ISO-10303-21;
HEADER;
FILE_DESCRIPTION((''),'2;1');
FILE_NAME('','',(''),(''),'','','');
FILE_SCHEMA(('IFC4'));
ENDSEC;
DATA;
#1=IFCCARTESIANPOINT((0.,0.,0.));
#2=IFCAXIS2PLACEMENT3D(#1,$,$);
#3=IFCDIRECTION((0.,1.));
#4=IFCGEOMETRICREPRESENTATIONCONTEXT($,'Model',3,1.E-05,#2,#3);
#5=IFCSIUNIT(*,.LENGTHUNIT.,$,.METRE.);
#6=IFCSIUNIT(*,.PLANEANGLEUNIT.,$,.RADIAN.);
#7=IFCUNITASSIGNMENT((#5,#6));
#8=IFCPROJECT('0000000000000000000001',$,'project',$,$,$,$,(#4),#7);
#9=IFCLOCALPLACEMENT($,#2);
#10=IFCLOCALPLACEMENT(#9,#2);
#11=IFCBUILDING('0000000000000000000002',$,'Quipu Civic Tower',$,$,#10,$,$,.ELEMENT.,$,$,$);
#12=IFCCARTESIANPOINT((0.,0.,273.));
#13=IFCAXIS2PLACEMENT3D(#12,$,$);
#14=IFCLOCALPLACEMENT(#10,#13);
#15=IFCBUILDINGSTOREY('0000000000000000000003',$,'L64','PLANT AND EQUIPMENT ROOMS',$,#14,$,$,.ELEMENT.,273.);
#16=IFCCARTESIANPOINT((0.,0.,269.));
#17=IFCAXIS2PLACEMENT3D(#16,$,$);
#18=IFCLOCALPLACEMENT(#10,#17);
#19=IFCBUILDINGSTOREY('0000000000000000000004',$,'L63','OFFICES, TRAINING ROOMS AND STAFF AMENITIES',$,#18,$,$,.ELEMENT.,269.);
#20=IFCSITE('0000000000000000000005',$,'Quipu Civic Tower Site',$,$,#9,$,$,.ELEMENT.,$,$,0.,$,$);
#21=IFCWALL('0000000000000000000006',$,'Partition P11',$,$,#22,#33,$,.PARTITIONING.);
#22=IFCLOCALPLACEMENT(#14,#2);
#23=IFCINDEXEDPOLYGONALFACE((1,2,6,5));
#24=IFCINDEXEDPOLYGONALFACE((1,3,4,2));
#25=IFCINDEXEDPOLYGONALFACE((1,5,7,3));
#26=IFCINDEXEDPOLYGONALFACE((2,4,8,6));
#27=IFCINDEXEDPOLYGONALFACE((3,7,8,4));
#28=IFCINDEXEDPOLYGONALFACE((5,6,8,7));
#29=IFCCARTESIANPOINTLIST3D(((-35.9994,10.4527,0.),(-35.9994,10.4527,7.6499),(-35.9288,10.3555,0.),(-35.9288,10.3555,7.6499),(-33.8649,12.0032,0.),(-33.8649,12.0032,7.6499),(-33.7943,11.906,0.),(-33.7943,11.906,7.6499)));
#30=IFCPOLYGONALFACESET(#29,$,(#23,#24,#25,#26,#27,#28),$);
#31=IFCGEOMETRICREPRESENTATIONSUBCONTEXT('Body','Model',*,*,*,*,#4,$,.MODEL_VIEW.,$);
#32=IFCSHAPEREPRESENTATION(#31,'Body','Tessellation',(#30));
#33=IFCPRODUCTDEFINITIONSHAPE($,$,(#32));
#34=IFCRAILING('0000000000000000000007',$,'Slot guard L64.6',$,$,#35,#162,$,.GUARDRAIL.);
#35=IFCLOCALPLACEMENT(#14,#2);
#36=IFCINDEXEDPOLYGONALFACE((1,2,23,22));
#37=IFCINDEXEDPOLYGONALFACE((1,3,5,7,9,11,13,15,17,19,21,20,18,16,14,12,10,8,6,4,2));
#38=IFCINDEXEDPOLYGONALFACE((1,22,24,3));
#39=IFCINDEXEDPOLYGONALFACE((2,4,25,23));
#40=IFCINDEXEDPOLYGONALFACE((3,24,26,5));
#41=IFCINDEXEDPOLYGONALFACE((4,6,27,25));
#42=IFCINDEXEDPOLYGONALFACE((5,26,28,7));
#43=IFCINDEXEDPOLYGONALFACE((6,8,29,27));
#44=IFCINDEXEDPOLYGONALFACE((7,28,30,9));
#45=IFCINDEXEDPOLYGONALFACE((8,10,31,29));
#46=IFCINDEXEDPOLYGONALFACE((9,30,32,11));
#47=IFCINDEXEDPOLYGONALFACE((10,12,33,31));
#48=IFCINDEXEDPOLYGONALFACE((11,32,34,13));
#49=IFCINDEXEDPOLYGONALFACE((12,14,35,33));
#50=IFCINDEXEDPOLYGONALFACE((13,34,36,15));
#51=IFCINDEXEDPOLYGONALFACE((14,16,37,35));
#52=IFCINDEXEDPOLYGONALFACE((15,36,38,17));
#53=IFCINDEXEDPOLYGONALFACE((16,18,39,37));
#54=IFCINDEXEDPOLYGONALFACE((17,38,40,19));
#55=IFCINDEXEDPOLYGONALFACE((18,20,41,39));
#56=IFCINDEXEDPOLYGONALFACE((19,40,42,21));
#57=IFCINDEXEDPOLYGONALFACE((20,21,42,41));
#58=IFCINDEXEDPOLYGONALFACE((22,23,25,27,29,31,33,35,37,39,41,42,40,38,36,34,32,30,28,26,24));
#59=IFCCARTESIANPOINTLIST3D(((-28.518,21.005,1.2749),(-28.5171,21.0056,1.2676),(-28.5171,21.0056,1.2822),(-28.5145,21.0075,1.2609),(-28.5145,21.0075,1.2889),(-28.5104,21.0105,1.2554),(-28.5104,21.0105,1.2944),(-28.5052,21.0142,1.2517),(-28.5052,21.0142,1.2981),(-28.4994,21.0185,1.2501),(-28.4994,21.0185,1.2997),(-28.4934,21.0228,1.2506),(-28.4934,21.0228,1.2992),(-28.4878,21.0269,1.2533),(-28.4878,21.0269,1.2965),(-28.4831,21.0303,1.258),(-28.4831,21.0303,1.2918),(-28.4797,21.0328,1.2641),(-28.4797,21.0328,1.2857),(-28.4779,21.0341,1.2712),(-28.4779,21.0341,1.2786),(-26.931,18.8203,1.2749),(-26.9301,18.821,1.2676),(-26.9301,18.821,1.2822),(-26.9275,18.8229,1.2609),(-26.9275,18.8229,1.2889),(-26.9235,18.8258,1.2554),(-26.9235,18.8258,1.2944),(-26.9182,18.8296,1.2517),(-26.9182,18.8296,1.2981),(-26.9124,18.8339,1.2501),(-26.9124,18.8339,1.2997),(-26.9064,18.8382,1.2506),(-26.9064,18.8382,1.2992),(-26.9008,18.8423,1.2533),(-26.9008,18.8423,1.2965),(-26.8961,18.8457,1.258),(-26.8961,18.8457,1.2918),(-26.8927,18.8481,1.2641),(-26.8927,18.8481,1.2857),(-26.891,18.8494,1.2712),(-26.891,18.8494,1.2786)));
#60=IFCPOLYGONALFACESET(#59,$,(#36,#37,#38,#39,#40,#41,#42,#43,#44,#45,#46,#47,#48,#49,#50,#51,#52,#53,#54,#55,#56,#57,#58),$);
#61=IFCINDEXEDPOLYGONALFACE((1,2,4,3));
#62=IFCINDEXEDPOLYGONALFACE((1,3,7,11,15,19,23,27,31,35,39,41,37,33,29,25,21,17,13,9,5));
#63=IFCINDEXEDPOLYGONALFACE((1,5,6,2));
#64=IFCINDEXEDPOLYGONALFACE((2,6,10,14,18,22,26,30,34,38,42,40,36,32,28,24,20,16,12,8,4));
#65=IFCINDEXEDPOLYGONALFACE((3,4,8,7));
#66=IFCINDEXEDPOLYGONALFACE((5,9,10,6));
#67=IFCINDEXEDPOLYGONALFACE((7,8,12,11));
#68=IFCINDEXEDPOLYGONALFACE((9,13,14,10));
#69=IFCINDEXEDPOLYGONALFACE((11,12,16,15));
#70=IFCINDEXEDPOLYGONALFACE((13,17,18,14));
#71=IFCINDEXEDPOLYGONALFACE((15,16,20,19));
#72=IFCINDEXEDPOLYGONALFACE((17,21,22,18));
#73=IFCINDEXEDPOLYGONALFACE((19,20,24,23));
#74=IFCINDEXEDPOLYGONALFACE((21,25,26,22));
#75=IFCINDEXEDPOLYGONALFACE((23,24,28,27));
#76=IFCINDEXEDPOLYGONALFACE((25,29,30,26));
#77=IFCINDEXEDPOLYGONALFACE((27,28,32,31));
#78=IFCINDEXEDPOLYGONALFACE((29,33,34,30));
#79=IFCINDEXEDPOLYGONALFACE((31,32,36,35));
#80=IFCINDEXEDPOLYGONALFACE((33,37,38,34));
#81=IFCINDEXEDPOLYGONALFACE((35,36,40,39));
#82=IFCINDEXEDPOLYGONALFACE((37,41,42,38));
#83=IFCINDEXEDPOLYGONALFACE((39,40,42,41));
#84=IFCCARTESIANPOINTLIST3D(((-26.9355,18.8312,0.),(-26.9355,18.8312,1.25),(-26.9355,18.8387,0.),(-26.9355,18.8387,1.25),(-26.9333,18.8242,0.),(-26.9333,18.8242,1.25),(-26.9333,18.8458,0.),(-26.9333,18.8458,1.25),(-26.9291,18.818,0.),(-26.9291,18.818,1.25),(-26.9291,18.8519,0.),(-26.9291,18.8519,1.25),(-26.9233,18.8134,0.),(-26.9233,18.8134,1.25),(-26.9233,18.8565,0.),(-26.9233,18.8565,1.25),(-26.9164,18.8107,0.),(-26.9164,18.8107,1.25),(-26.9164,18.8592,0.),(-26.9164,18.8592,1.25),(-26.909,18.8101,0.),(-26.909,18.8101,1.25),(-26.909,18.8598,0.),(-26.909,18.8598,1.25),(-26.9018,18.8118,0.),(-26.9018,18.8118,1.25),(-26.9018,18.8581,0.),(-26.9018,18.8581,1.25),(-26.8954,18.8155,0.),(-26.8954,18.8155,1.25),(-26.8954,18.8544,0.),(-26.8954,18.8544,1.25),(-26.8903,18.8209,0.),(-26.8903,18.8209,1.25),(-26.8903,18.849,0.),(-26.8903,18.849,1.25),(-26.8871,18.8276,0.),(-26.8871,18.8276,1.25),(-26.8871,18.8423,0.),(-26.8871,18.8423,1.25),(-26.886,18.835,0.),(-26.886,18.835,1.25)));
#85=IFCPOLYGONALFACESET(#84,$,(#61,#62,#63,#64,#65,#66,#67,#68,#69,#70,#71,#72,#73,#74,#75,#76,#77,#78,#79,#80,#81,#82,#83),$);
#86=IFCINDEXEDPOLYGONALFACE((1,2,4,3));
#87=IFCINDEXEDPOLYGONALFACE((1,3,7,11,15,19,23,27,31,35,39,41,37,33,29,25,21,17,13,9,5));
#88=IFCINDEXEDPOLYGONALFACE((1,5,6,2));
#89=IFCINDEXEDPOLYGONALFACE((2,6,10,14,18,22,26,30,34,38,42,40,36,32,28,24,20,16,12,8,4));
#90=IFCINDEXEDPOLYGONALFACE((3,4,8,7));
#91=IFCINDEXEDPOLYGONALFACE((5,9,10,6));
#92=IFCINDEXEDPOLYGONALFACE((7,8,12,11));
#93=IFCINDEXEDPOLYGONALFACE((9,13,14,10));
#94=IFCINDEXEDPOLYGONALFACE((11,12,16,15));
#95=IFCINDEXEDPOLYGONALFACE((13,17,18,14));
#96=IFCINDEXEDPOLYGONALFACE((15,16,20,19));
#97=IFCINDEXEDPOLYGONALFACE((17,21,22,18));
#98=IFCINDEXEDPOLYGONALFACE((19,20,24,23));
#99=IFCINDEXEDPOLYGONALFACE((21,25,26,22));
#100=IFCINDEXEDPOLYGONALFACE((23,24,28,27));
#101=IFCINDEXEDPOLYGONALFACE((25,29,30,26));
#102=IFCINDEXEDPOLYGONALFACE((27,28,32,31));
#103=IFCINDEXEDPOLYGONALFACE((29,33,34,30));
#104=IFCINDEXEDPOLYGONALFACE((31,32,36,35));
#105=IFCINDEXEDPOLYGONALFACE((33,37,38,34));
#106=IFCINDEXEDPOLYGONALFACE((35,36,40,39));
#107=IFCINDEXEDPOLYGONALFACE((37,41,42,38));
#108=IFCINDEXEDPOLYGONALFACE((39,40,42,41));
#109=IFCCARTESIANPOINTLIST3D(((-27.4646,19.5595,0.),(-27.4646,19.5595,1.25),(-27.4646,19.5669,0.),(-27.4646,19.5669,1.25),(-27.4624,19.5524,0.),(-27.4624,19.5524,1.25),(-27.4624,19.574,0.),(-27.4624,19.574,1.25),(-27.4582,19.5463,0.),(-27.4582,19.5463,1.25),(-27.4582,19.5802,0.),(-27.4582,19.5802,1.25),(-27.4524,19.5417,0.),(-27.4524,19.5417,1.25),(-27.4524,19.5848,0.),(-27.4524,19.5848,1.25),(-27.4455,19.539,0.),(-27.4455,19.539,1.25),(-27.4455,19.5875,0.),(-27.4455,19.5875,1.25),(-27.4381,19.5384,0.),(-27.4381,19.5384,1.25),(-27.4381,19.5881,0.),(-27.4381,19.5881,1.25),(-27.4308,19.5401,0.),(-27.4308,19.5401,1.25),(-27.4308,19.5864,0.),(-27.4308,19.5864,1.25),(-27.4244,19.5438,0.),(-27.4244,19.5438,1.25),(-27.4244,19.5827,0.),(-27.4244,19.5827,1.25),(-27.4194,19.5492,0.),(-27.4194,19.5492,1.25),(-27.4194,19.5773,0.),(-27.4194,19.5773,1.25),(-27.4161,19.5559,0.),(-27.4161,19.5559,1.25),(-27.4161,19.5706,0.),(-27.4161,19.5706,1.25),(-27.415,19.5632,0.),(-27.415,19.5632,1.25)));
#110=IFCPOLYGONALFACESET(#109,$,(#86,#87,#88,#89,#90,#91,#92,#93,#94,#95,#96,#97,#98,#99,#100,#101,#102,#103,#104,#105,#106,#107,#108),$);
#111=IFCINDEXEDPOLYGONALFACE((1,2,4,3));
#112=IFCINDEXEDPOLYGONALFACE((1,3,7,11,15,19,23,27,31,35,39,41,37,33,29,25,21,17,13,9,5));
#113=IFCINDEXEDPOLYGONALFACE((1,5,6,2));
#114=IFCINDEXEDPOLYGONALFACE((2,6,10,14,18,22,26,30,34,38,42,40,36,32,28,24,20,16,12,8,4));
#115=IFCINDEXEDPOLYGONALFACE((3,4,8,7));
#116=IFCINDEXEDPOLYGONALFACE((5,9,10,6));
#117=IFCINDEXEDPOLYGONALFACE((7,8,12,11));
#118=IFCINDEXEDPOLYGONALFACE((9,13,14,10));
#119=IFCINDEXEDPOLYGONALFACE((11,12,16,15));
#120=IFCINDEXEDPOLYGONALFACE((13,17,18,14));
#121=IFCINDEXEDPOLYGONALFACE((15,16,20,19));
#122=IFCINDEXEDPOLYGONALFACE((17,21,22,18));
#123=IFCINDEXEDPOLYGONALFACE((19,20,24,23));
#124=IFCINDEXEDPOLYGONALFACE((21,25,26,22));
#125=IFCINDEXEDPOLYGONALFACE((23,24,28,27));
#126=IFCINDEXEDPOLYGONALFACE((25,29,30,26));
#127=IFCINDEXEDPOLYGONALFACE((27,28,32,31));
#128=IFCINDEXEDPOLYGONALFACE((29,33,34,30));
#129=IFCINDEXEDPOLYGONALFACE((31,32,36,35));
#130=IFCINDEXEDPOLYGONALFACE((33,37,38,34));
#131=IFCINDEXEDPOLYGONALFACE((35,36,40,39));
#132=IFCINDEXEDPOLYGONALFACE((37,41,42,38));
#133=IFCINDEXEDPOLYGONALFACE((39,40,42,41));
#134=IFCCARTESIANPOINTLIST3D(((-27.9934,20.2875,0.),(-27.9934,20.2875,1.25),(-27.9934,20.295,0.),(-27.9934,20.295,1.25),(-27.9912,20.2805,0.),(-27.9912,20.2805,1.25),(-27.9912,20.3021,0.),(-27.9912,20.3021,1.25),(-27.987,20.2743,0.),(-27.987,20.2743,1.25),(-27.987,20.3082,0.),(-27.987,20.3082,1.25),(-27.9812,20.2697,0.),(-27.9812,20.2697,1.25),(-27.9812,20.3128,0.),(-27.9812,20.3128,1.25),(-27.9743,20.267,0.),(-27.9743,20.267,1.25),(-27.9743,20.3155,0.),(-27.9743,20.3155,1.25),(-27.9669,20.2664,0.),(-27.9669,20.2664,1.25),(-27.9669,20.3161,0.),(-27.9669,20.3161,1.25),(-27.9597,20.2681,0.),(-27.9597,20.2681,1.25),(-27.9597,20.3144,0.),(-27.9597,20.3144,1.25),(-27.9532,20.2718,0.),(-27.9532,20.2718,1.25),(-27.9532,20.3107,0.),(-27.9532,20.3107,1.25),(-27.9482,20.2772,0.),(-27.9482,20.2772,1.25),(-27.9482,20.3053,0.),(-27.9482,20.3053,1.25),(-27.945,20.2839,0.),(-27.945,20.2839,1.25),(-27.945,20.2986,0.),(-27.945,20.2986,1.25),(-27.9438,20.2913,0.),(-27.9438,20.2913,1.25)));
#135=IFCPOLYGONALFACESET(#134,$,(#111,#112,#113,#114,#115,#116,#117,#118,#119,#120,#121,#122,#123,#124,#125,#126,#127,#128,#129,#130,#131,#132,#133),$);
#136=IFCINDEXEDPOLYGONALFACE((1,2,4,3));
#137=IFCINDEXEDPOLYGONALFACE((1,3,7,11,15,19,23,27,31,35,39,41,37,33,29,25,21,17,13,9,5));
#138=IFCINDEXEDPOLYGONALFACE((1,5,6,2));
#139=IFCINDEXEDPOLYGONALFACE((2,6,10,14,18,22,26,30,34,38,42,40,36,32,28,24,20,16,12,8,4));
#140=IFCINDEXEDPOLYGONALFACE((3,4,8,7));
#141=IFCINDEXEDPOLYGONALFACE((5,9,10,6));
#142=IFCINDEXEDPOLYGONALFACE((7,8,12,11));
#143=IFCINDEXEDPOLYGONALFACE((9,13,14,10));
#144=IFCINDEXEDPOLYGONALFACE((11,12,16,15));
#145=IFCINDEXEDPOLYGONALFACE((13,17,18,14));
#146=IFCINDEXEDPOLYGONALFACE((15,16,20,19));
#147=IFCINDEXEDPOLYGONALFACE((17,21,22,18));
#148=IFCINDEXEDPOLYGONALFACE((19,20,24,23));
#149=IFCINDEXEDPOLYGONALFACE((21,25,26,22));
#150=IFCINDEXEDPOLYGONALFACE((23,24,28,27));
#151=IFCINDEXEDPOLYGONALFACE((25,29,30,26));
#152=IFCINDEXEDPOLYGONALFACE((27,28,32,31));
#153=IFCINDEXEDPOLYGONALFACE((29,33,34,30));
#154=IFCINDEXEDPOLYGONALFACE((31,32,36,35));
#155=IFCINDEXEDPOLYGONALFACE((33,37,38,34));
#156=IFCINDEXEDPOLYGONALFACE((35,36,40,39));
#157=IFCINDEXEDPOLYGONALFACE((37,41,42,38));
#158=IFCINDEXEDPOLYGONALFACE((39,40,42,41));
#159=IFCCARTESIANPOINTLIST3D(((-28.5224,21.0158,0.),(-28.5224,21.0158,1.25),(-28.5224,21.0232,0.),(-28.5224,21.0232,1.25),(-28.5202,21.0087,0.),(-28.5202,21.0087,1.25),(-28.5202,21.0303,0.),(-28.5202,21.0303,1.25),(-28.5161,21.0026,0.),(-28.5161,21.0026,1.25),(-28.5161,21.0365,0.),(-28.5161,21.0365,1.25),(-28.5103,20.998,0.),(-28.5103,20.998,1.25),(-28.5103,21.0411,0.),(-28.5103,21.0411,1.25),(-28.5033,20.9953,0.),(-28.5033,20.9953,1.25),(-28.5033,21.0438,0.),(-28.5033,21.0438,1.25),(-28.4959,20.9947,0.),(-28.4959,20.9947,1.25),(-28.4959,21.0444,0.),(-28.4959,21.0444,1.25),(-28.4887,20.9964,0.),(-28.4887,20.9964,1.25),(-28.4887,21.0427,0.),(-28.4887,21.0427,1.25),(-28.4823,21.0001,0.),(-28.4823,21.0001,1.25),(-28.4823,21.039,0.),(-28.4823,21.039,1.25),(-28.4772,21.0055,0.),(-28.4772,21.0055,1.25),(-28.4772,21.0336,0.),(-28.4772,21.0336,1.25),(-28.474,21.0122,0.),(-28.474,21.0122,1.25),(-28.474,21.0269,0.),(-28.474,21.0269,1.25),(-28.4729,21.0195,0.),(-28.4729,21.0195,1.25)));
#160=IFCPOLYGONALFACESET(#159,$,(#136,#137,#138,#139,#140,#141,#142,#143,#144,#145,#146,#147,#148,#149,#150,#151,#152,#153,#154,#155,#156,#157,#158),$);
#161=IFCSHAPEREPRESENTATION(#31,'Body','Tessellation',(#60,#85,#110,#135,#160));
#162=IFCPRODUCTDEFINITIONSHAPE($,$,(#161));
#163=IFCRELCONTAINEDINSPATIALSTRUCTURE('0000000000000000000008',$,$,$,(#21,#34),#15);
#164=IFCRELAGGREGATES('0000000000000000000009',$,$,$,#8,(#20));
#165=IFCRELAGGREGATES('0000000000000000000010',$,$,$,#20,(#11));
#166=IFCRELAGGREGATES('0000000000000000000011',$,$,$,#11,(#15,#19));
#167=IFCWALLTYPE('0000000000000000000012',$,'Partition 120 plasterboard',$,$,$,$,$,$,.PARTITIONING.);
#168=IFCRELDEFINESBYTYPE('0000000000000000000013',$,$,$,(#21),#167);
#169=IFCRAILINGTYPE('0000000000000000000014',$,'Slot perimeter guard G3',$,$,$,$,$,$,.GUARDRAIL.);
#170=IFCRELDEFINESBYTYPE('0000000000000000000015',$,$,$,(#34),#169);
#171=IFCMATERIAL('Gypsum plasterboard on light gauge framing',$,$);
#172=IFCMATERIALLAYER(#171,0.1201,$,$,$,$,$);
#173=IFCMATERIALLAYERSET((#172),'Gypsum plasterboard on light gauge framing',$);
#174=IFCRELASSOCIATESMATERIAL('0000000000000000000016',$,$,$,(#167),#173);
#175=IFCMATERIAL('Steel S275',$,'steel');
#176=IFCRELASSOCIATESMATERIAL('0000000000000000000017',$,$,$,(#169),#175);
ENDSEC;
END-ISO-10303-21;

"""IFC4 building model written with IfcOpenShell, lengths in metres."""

from ifc_helpers import new_model, si_unit, direction, frame, frame_2d, origin, origin_2d, place, context, subcontext, project, spatial, rectangle, circle, extrude, material, layer, layer_set, type_object, element, save


model = new_model("IFC4")

# Units and contexts
model_context = context("Model", 3, precision=1e-05, world=origin(), true_north=direction((0.0, 1.0)))
body_context = subcontext(model_context, "Body", "Model", "MODEL_VIEW")
ifc_project = project(units=[si_unit("LENGTHUNIT", "METRE"), si_unit("PLANEANGLEUNIT", "RADIAN")], contexts=[model_context])

# Site, building, storey
site_placement = place(None, origin())
site = spatial("IfcSite", under=ifc_project, at=site_placement, Name="Quipu Civic Tower Site", CompositionType="ELEMENT", RefElevation=0.0)
building_placement = place(site_placement, origin())
building = spatial("IfcBuilding", under=site, at=building_placement, Name="Quipu Civic Tower", CompositionType="ELEMENT")
storey_1_placement = place(building_placement, frame((0.0, 0.0, 273.0)))
storey_1 = spatial("IfcBuildingStorey", under=building, at=storey_1_placement, Name="L64", Description="PLANT AND EQUIPMENT ROOMS", CompositionType="ELEMENT", Elevation=273.0)

# Shared definitions
storey_2_placement = place(building_placement, frame((0.0, 0.0, 269.0)))
storey_2 = spatial("IfcBuildingStorey", under=building, at=storey_2_placement, Name="L63", Description="OFFICES, TRAINING ROOMS AND STAFF AMENITIES", CompositionType="ELEMENT", Elevation=269.0)

# Wall
ifc_material_1 = material(Name="Gypsum plasterboard on light gauge framing")
ifc_layer_1 = layer(ifc_material_1, 0.1201)
ifc_layer_set_1 = layer_set([ifc_layer_1], Name="Gypsum plasterboard on light gauge framing")
wall_type_1 = type_object("IfcWallType", Name="Partition 120 plasterboard", PredefinedType="PARTITIONING", material=ifc_layer_set_1)
wall_1_placement = place(storey_1_placement, frame((-33.8296, 11.9546, 0.0), z_axis=(0.0, 0.0, 1.0), x_axis=(-0.809068, -0.587715, 0.0)))
element("IfcWall", 1, at=wall_1_placement, inside=storey_1, type_object=wall_type_1, Name="Partition P11", PredefinedType="PARTITIONING", context=body_context, shape_type="SweptSolid", body=[
    extrude(rectangle(XDim=2.6382, YDim=0.1201, at=frame_2d((1.3191, 0.0))), origin(), (0.0, 0.0, 1.0), 7.6499),
])

# Railing
ifc_material_2 = material(Name="Steel S275", Category="steel")
railing_type = type_object("IfcRailingType", Name="Slot perimeter guard G3", PredefinedType="GUARDRAIL", material=ifc_material_2)
railing_1_placement = place(storey_1_placement, frame((-26.9109, 18.835, 0.0)))
element("IfcRailing", 2, at=railing_1_placement, inside=storey_1, type_object=railing_type, Name="Slot guard L64.6", PredefinedType="GUARDRAIL", context=body_context, shape_type="SweptSolid", body=[
    extrude(circle(Radius=0.0249, at=origin_2d()), frame((0.0, 0.0, 1.2749), z_axis=(-0.58772, 0.809064, 0.0), x_axis=(-0.809064, -0.58772, 0.0)), (0.0, 0.0, 1.0), 2.7002),
    extrude(circle(Radius=0.0249, at=origin_2d()), origin(), (0.0, 0.0, 1.0), 1.25),
    extrude(circle(Radius=0.0249, at=origin_2d()), frame((-0.5291, 0.7283, 0.0)), (0.0, 0.0, 1.0), 1.25),
    extrude(circle(Radius=0.0249, at=origin_2d()), frame((-1.0579, 1.4563, 0.0)), (0.0, 0.0, 1.0), 1.25),
    extrude(circle(Radius=0.0249, at=origin_2d()), frame((-1.5869, 2.1846, 0.0)), (0.0, 0.0, 1.0), 1.25),
])

save(model, "model.ifc")
